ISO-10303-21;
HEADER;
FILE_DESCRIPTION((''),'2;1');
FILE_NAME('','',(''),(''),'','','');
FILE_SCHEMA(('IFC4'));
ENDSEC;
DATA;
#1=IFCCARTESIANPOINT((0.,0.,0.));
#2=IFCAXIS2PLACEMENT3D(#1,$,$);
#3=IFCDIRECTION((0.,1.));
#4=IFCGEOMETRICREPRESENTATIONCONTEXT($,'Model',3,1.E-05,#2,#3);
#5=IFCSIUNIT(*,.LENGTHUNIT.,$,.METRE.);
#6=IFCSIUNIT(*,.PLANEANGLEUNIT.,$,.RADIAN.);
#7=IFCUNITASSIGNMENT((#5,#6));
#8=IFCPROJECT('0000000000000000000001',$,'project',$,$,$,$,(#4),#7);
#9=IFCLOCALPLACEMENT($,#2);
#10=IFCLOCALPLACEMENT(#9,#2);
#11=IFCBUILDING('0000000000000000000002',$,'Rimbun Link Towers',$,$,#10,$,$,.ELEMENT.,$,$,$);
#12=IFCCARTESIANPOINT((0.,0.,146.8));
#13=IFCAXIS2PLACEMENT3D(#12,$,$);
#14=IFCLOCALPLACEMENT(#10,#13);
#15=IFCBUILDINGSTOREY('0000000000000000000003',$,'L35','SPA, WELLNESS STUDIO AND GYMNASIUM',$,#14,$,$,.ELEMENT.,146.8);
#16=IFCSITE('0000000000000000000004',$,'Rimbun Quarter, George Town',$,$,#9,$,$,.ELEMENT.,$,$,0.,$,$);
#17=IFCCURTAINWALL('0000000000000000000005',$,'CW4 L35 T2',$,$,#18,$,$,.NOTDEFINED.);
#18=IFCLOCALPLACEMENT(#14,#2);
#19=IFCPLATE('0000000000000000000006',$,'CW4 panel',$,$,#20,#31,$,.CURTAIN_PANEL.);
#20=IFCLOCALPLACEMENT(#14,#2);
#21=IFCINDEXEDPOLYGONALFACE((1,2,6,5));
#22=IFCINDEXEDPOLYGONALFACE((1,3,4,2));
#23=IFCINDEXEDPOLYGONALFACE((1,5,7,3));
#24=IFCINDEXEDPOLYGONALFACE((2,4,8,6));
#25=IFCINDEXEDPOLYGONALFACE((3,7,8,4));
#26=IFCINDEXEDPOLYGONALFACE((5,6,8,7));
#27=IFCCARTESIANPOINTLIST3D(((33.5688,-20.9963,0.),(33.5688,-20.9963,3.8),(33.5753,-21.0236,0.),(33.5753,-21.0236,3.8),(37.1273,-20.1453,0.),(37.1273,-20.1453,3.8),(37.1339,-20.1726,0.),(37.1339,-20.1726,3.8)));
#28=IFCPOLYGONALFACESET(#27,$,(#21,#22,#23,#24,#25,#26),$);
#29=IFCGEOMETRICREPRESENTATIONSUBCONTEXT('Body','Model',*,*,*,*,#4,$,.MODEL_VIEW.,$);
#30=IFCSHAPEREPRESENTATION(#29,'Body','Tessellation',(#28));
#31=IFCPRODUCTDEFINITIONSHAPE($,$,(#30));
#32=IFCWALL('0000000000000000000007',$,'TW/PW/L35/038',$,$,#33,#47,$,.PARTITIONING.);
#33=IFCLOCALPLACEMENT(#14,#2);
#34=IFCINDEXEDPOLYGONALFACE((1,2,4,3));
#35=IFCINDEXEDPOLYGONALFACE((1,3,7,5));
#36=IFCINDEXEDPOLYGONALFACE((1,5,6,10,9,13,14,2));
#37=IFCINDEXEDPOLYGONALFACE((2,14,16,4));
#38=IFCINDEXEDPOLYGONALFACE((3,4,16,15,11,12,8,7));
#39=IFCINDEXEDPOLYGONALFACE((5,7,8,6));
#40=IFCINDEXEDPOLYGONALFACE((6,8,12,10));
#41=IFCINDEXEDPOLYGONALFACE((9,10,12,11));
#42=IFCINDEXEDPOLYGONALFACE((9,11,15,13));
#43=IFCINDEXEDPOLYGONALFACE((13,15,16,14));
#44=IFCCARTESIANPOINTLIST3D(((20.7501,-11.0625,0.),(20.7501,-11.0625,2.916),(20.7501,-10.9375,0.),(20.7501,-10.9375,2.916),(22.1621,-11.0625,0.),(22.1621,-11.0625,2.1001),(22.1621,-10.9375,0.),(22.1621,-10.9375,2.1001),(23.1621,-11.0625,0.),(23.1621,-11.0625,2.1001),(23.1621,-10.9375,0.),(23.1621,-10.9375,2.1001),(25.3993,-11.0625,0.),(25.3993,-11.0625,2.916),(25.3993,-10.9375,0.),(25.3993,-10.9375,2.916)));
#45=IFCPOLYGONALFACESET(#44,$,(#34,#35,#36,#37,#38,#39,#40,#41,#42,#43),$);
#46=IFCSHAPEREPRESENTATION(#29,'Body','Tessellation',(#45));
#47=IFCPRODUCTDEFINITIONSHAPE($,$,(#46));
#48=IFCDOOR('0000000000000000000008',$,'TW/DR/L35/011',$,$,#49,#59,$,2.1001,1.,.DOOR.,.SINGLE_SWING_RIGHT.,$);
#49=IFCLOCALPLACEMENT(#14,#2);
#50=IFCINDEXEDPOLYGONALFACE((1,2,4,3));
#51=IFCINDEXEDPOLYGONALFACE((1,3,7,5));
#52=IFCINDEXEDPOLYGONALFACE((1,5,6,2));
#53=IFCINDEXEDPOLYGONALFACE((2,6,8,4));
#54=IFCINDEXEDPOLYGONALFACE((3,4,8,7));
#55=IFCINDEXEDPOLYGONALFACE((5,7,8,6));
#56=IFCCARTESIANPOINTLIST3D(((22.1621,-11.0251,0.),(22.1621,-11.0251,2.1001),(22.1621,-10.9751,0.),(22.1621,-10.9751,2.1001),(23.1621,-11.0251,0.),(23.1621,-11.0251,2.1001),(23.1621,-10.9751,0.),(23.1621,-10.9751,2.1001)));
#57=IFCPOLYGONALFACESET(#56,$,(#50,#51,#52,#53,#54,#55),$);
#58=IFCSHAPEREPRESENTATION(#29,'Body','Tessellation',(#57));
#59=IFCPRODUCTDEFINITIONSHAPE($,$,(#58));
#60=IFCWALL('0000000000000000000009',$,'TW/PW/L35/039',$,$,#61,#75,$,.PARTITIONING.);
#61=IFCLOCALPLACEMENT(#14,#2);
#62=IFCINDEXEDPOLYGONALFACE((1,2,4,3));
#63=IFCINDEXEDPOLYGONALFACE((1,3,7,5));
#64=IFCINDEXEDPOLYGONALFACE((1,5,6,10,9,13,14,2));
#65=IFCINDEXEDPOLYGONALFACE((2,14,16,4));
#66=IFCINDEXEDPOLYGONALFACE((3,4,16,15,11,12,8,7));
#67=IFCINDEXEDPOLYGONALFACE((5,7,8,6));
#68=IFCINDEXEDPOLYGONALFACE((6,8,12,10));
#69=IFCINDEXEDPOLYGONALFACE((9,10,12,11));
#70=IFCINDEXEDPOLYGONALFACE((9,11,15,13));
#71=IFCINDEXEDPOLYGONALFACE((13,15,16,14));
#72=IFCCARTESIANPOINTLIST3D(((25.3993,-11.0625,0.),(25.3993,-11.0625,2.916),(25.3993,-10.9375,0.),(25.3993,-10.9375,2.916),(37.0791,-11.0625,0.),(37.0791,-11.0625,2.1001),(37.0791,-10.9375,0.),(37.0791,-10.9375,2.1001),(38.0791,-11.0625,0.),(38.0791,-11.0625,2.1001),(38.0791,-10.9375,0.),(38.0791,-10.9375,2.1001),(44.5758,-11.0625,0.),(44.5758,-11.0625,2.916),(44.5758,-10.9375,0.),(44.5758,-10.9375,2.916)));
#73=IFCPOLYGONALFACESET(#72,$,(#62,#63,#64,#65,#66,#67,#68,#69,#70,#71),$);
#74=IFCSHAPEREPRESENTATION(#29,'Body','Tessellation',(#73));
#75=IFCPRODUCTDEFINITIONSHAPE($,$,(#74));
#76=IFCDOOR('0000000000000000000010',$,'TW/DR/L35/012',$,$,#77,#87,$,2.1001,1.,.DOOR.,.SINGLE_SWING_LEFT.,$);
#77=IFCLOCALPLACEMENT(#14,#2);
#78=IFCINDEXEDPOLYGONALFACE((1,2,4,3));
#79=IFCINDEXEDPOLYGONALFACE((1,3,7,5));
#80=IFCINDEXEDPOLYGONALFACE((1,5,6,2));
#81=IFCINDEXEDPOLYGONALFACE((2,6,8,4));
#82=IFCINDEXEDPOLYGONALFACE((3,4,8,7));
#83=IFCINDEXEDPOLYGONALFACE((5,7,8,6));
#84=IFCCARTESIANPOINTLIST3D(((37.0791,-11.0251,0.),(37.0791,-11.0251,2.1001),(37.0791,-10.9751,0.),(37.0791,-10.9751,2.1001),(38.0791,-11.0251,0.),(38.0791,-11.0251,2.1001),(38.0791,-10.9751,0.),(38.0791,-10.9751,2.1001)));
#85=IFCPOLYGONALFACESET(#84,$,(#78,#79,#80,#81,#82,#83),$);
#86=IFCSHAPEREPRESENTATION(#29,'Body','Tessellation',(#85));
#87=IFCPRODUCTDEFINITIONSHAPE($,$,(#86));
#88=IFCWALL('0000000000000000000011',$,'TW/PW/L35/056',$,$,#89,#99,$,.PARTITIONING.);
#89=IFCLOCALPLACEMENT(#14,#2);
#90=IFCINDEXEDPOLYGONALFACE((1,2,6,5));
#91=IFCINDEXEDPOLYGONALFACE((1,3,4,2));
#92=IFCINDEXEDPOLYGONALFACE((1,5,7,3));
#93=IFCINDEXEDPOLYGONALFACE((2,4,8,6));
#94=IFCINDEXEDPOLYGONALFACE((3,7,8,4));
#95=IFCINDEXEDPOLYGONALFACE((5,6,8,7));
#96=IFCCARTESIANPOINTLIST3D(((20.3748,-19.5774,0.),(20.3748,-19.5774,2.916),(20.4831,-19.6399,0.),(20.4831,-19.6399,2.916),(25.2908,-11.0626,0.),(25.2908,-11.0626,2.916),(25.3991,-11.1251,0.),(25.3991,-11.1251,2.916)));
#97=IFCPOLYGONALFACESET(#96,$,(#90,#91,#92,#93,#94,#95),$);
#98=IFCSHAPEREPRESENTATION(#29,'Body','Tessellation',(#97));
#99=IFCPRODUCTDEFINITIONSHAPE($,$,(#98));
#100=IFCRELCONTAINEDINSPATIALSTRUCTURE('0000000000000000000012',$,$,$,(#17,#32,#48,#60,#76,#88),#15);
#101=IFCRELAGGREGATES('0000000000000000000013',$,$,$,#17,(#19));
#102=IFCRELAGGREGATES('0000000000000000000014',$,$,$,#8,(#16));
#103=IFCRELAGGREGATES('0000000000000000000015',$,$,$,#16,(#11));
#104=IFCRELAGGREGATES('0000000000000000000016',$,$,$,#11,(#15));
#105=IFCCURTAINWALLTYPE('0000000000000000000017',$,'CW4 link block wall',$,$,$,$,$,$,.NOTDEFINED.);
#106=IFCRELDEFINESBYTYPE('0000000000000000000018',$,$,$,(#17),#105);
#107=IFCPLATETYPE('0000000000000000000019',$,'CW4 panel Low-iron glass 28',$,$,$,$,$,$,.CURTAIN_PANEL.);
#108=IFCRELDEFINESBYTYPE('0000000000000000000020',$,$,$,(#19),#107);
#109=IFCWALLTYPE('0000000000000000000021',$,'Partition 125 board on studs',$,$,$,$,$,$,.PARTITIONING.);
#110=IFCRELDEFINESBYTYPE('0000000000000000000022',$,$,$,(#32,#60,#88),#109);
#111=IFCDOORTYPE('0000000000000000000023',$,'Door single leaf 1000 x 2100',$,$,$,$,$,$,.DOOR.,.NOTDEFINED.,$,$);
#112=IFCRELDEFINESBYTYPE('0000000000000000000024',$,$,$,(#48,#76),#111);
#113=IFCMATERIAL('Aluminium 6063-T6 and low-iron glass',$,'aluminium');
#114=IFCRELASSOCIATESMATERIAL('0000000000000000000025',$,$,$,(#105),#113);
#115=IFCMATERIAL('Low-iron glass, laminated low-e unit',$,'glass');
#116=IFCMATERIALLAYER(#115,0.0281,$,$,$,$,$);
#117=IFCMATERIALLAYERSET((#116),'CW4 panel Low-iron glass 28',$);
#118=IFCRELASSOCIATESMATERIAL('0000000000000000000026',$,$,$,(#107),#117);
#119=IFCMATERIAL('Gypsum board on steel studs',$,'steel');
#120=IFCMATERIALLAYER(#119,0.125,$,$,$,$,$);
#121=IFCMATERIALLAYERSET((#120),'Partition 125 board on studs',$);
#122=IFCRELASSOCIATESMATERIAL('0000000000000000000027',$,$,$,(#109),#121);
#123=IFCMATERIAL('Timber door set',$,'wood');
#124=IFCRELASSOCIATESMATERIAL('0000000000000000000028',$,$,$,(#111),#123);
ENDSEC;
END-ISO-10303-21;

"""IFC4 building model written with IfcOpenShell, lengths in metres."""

from ifc_helpers import new_model, si_unit, direction, frame, frame_2d, origin, origin_2d, place, context, subcontext, project, spatial, rectangle, extrude, material, layer, layer_set, type_object, element, fill, aggregate, save


model = new_model("IFC4")

# Units and contexts
model_context = context("Model", 3, precision=1e-05, world=origin(), true_north=direction((0.0, 1.0)))
body_context = subcontext(model_context, "Body", "Model", "MODEL_VIEW")
ifc_project = project(units=[si_unit("LENGTHUNIT", "METRE"), si_unit("PLANEANGLEUNIT", "RADIAN")], contexts=[model_context])

# Site, building, storey
site_placement = place(None, origin())
site = spatial("IfcSite", under=ifc_project, at=site_placement, Name="Rimbun Quarter, George Town", CompositionType="ELEMENT", RefElevation=0.0)
building_placement = place(site_placement, origin())
building = spatial("IfcBuilding", under=site, at=building_placement, Name="Rimbun Link Towers", CompositionType="ELEMENT")
storey_placement = place(building_placement, frame((0.0, 0.0, 146.8)))
storey = spatial("IfcBuildingStorey", under=building, at=storey_placement, Name="L35", Description="SPA, WELLNESS STUDIO AND GYMNASIUM", CompositionType="ELEMENT", Elevation=146.8)

# Curtain wall
ifc_material_1 = material(Name="Aluminium 6063-T6 and low-iron glass", Category="aluminium")
curtain_wall_type = type_object("IfcCurtainWallType", Name="CW4 link block wall", PredefinedType="NOTDEFINED", material=ifc_material_1)
curtain_wall_placement = place(storey_placement, origin())
curtain_wall = element("IfcCurtainWall", 1, at=curtain_wall_placement, inside=storey, type_object=curtain_wall_type, Name="CW4 L35 T2", PredefinedType="NOTDEFINED")

# Plate
ifc_material_2 = material(Name="Low-iron glass, laminated low-e unit", Category="glass")
ifc_layer_1 = layer(ifc_material_2, 0.0281)
ifc_layer_set_1 = layer_set([ifc_layer_1], Name="CW4 panel Low-iron glass 28")
plate_type = type_object("IfcPlateType", Name="CW4 panel Low-iron glass 28", PredefinedType="CURTAIN_PANEL", material=ifc_layer_set_1)
plate_1_placement = place(storey_placement, frame((35.3513, -20.5845, 0.0), z_axis=(0.0, 0.0, 1.0), x_axis=(-0.972575, -0.232588, 0.0)))
plate_1 = element("IfcPlate", 2, at=plate_1_placement, type_object=plate_type, Name="CW4 panel", PredefinedType="CURTAIN_PANEL", context=body_context, shape_type="SweptSolid", body=[
    extrude(rectangle(XDim=3.6589, YDim=0.0281, at=origin_2d()), origin(), (0.0, 0.0, 1.0), 3.8),
])
aggregate(curtain_wall, [plate_1])

# Walls, openings, doors
ifc_material_3 = material(Name="Gypsum board on steel studs", Category="steel")
ifc_layer_2 = layer(ifc_material_3, 0.125)
ifc_layer_set_2 = layer_set([ifc_layer_2], Name="Partition 125 board on studs")
wall_type = type_object("IfcWallType", Name="Partition 125 board on studs", PredefinedType="PARTITIONING", material=ifc_layer_set_2)
wall_1_placement = place(storey_placement, frame((20.75, -11.0, 0.0), z_axis=(0.0, 0.0, 1.0), x_axis=(1.0, 0.0, 0.0)))
wall_1 = element("IfcWall", 3, at=wall_1_placement, inside=storey, type_object=wall_type, Name="TW/PW/L35/038", PredefinedType="PARTITIONING", context=body_context, shape_type="SweptSolid", body=[
    extrude(rectangle(XDim=4.6492, YDim=0.125, at=frame_2d((2.3247, 0.0))), origin(), (0.0, 0.0, 1.0), 2.916),
])
opening_1_placement = place(wall_1_placement, frame((1.4121, 0.0, 0.0)))
opening_1 = element("IfcOpeningElement", 4, at=opening_1_placement, cuts=wall_1, PredefinedType="OPENING", context=body_context, shape_type="SweptSolid", body=[
    extrude(rectangle(XDim=1.0, YDim=2.1001, at=frame_2d((0.5, 1.05))), frame((0.0, 0.0725, 0.0), z_axis=(0.0, -1.0, 0.0), x_axis=(1.0, 0.0, 0.0)), (0.0, 0.0, 1.0), 0.145),
])
ifc_material_4 = material(Name="Timber door set", Category="wood")
door_type = type_object("IfcDoorType", Name="Door single leaf 1000 x 2100", OperationType="NOTDEFINED", PredefinedType="DOOR", material=ifc_material_4)
door_1_placement = place(opening_1_placement, origin())
door_1 = element("IfcDoor", 5, at=door_1_placement, inside=storey, type_object=door_type, Name="TW/DR/L35/011", OperationType="SINGLE_SWING_RIGHT", OverallHeight=2.1001, OverallWidth=1.0, PredefinedType="DOOR", context=body_context, shape_type="SweptSolid", body=[
    extrude(rectangle(XDim=1.0, YDim=2.1001, at=frame_2d((0.5, 1.05))), frame((0.0, 0.0249, 0.0), z_axis=(0.0, -1.0, 0.0), x_axis=(1.0, 0.0, 0.0)), (0.0, 0.0, 1.0), 0.05),
])
fill(opening_1, door_1)
wall_2_placement = place(storey_placement, frame((25.3992, -11.0, 0.0), z_axis=(0.0, 0.0, 1.0), x_axis=(1.0, 0.0, 0.0)))
wall_2 = element("IfcWall", 6, at=wall_2_placement, inside=storey, type_object=wall_type, Name="TW/PW/L35/039", PredefinedType="PARTITIONING", context=body_context, shape_type="SweptSolid", body=[
    extrude(rectangle(XDim=19.1765, YDim=0.125, at=frame_2d((9.5884, 0.0))), origin(), (0.0, 0.0, 1.0), 2.916),
])
opening_2_placement = place(wall_2_placement, frame((11.6799, 0.0, 0.0)))
opening_2 = element("IfcOpeningElement", 7, at=opening_2_placement, cuts=wall_2, PredefinedType="OPENING", context=body_context, shape_type="SweptSolid", body=[
    extrude(rectangle(XDim=1.0, YDim=2.1001, at=frame_2d((0.5, 1.05))), frame((0.0, 0.0725, 0.0), z_axis=(0.0, -1.0, 0.0), x_axis=(1.0, 0.0, 0.0)), (0.0, 0.0, 1.0), 0.145),
])
door_2_placement = place(opening_2_placement, origin())
door_2 = element("IfcDoor", 8, at=door_2_placement, inside=storey, type_object=door_type, Name="TW/DR/L35/012", OperationType="SINGLE_SWING_LEFT", OverallHeight=2.1001, OverallWidth=1.0, PredefinedType="DOOR", context=body_context, shape_type="SweptSolid", body=[
    extrude(rectangle(XDim=1.0, YDim=2.1001, at=frame_2d((0.5, 1.05))), frame((0.0, 0.0249, 0.0), z_axis=(0.0, -1.0, 0.0), x_axis=(1.0, 0.0, 0.0)), (0.0, 0.0, 1.0), 0.05),
])
fill(opening_2, door_2)

# Wall
wall_3_placement = place(storey_placement, frame((20.429, -19.6086, 0.0), z_axis=(0.0, 0.0, 1.0), x_axis=(0.499995, 0.866028, 0.0)))
element("IfcWall", 9, at=wall_3_placement, inside=storey, type_object=wall_type, Name="TW/PW/L35/056", PredefinedType="PARTITIONING", context=body_context, shape_type="SweptSolid", body=[
    extrude(rectangle(XDim=9.832, YDim=0.125, at=frame_2d((4.916, 0.0))), origin(), (0.0, 0.0, 1.0), 2.916),
])

save(model, "model.ifc")
